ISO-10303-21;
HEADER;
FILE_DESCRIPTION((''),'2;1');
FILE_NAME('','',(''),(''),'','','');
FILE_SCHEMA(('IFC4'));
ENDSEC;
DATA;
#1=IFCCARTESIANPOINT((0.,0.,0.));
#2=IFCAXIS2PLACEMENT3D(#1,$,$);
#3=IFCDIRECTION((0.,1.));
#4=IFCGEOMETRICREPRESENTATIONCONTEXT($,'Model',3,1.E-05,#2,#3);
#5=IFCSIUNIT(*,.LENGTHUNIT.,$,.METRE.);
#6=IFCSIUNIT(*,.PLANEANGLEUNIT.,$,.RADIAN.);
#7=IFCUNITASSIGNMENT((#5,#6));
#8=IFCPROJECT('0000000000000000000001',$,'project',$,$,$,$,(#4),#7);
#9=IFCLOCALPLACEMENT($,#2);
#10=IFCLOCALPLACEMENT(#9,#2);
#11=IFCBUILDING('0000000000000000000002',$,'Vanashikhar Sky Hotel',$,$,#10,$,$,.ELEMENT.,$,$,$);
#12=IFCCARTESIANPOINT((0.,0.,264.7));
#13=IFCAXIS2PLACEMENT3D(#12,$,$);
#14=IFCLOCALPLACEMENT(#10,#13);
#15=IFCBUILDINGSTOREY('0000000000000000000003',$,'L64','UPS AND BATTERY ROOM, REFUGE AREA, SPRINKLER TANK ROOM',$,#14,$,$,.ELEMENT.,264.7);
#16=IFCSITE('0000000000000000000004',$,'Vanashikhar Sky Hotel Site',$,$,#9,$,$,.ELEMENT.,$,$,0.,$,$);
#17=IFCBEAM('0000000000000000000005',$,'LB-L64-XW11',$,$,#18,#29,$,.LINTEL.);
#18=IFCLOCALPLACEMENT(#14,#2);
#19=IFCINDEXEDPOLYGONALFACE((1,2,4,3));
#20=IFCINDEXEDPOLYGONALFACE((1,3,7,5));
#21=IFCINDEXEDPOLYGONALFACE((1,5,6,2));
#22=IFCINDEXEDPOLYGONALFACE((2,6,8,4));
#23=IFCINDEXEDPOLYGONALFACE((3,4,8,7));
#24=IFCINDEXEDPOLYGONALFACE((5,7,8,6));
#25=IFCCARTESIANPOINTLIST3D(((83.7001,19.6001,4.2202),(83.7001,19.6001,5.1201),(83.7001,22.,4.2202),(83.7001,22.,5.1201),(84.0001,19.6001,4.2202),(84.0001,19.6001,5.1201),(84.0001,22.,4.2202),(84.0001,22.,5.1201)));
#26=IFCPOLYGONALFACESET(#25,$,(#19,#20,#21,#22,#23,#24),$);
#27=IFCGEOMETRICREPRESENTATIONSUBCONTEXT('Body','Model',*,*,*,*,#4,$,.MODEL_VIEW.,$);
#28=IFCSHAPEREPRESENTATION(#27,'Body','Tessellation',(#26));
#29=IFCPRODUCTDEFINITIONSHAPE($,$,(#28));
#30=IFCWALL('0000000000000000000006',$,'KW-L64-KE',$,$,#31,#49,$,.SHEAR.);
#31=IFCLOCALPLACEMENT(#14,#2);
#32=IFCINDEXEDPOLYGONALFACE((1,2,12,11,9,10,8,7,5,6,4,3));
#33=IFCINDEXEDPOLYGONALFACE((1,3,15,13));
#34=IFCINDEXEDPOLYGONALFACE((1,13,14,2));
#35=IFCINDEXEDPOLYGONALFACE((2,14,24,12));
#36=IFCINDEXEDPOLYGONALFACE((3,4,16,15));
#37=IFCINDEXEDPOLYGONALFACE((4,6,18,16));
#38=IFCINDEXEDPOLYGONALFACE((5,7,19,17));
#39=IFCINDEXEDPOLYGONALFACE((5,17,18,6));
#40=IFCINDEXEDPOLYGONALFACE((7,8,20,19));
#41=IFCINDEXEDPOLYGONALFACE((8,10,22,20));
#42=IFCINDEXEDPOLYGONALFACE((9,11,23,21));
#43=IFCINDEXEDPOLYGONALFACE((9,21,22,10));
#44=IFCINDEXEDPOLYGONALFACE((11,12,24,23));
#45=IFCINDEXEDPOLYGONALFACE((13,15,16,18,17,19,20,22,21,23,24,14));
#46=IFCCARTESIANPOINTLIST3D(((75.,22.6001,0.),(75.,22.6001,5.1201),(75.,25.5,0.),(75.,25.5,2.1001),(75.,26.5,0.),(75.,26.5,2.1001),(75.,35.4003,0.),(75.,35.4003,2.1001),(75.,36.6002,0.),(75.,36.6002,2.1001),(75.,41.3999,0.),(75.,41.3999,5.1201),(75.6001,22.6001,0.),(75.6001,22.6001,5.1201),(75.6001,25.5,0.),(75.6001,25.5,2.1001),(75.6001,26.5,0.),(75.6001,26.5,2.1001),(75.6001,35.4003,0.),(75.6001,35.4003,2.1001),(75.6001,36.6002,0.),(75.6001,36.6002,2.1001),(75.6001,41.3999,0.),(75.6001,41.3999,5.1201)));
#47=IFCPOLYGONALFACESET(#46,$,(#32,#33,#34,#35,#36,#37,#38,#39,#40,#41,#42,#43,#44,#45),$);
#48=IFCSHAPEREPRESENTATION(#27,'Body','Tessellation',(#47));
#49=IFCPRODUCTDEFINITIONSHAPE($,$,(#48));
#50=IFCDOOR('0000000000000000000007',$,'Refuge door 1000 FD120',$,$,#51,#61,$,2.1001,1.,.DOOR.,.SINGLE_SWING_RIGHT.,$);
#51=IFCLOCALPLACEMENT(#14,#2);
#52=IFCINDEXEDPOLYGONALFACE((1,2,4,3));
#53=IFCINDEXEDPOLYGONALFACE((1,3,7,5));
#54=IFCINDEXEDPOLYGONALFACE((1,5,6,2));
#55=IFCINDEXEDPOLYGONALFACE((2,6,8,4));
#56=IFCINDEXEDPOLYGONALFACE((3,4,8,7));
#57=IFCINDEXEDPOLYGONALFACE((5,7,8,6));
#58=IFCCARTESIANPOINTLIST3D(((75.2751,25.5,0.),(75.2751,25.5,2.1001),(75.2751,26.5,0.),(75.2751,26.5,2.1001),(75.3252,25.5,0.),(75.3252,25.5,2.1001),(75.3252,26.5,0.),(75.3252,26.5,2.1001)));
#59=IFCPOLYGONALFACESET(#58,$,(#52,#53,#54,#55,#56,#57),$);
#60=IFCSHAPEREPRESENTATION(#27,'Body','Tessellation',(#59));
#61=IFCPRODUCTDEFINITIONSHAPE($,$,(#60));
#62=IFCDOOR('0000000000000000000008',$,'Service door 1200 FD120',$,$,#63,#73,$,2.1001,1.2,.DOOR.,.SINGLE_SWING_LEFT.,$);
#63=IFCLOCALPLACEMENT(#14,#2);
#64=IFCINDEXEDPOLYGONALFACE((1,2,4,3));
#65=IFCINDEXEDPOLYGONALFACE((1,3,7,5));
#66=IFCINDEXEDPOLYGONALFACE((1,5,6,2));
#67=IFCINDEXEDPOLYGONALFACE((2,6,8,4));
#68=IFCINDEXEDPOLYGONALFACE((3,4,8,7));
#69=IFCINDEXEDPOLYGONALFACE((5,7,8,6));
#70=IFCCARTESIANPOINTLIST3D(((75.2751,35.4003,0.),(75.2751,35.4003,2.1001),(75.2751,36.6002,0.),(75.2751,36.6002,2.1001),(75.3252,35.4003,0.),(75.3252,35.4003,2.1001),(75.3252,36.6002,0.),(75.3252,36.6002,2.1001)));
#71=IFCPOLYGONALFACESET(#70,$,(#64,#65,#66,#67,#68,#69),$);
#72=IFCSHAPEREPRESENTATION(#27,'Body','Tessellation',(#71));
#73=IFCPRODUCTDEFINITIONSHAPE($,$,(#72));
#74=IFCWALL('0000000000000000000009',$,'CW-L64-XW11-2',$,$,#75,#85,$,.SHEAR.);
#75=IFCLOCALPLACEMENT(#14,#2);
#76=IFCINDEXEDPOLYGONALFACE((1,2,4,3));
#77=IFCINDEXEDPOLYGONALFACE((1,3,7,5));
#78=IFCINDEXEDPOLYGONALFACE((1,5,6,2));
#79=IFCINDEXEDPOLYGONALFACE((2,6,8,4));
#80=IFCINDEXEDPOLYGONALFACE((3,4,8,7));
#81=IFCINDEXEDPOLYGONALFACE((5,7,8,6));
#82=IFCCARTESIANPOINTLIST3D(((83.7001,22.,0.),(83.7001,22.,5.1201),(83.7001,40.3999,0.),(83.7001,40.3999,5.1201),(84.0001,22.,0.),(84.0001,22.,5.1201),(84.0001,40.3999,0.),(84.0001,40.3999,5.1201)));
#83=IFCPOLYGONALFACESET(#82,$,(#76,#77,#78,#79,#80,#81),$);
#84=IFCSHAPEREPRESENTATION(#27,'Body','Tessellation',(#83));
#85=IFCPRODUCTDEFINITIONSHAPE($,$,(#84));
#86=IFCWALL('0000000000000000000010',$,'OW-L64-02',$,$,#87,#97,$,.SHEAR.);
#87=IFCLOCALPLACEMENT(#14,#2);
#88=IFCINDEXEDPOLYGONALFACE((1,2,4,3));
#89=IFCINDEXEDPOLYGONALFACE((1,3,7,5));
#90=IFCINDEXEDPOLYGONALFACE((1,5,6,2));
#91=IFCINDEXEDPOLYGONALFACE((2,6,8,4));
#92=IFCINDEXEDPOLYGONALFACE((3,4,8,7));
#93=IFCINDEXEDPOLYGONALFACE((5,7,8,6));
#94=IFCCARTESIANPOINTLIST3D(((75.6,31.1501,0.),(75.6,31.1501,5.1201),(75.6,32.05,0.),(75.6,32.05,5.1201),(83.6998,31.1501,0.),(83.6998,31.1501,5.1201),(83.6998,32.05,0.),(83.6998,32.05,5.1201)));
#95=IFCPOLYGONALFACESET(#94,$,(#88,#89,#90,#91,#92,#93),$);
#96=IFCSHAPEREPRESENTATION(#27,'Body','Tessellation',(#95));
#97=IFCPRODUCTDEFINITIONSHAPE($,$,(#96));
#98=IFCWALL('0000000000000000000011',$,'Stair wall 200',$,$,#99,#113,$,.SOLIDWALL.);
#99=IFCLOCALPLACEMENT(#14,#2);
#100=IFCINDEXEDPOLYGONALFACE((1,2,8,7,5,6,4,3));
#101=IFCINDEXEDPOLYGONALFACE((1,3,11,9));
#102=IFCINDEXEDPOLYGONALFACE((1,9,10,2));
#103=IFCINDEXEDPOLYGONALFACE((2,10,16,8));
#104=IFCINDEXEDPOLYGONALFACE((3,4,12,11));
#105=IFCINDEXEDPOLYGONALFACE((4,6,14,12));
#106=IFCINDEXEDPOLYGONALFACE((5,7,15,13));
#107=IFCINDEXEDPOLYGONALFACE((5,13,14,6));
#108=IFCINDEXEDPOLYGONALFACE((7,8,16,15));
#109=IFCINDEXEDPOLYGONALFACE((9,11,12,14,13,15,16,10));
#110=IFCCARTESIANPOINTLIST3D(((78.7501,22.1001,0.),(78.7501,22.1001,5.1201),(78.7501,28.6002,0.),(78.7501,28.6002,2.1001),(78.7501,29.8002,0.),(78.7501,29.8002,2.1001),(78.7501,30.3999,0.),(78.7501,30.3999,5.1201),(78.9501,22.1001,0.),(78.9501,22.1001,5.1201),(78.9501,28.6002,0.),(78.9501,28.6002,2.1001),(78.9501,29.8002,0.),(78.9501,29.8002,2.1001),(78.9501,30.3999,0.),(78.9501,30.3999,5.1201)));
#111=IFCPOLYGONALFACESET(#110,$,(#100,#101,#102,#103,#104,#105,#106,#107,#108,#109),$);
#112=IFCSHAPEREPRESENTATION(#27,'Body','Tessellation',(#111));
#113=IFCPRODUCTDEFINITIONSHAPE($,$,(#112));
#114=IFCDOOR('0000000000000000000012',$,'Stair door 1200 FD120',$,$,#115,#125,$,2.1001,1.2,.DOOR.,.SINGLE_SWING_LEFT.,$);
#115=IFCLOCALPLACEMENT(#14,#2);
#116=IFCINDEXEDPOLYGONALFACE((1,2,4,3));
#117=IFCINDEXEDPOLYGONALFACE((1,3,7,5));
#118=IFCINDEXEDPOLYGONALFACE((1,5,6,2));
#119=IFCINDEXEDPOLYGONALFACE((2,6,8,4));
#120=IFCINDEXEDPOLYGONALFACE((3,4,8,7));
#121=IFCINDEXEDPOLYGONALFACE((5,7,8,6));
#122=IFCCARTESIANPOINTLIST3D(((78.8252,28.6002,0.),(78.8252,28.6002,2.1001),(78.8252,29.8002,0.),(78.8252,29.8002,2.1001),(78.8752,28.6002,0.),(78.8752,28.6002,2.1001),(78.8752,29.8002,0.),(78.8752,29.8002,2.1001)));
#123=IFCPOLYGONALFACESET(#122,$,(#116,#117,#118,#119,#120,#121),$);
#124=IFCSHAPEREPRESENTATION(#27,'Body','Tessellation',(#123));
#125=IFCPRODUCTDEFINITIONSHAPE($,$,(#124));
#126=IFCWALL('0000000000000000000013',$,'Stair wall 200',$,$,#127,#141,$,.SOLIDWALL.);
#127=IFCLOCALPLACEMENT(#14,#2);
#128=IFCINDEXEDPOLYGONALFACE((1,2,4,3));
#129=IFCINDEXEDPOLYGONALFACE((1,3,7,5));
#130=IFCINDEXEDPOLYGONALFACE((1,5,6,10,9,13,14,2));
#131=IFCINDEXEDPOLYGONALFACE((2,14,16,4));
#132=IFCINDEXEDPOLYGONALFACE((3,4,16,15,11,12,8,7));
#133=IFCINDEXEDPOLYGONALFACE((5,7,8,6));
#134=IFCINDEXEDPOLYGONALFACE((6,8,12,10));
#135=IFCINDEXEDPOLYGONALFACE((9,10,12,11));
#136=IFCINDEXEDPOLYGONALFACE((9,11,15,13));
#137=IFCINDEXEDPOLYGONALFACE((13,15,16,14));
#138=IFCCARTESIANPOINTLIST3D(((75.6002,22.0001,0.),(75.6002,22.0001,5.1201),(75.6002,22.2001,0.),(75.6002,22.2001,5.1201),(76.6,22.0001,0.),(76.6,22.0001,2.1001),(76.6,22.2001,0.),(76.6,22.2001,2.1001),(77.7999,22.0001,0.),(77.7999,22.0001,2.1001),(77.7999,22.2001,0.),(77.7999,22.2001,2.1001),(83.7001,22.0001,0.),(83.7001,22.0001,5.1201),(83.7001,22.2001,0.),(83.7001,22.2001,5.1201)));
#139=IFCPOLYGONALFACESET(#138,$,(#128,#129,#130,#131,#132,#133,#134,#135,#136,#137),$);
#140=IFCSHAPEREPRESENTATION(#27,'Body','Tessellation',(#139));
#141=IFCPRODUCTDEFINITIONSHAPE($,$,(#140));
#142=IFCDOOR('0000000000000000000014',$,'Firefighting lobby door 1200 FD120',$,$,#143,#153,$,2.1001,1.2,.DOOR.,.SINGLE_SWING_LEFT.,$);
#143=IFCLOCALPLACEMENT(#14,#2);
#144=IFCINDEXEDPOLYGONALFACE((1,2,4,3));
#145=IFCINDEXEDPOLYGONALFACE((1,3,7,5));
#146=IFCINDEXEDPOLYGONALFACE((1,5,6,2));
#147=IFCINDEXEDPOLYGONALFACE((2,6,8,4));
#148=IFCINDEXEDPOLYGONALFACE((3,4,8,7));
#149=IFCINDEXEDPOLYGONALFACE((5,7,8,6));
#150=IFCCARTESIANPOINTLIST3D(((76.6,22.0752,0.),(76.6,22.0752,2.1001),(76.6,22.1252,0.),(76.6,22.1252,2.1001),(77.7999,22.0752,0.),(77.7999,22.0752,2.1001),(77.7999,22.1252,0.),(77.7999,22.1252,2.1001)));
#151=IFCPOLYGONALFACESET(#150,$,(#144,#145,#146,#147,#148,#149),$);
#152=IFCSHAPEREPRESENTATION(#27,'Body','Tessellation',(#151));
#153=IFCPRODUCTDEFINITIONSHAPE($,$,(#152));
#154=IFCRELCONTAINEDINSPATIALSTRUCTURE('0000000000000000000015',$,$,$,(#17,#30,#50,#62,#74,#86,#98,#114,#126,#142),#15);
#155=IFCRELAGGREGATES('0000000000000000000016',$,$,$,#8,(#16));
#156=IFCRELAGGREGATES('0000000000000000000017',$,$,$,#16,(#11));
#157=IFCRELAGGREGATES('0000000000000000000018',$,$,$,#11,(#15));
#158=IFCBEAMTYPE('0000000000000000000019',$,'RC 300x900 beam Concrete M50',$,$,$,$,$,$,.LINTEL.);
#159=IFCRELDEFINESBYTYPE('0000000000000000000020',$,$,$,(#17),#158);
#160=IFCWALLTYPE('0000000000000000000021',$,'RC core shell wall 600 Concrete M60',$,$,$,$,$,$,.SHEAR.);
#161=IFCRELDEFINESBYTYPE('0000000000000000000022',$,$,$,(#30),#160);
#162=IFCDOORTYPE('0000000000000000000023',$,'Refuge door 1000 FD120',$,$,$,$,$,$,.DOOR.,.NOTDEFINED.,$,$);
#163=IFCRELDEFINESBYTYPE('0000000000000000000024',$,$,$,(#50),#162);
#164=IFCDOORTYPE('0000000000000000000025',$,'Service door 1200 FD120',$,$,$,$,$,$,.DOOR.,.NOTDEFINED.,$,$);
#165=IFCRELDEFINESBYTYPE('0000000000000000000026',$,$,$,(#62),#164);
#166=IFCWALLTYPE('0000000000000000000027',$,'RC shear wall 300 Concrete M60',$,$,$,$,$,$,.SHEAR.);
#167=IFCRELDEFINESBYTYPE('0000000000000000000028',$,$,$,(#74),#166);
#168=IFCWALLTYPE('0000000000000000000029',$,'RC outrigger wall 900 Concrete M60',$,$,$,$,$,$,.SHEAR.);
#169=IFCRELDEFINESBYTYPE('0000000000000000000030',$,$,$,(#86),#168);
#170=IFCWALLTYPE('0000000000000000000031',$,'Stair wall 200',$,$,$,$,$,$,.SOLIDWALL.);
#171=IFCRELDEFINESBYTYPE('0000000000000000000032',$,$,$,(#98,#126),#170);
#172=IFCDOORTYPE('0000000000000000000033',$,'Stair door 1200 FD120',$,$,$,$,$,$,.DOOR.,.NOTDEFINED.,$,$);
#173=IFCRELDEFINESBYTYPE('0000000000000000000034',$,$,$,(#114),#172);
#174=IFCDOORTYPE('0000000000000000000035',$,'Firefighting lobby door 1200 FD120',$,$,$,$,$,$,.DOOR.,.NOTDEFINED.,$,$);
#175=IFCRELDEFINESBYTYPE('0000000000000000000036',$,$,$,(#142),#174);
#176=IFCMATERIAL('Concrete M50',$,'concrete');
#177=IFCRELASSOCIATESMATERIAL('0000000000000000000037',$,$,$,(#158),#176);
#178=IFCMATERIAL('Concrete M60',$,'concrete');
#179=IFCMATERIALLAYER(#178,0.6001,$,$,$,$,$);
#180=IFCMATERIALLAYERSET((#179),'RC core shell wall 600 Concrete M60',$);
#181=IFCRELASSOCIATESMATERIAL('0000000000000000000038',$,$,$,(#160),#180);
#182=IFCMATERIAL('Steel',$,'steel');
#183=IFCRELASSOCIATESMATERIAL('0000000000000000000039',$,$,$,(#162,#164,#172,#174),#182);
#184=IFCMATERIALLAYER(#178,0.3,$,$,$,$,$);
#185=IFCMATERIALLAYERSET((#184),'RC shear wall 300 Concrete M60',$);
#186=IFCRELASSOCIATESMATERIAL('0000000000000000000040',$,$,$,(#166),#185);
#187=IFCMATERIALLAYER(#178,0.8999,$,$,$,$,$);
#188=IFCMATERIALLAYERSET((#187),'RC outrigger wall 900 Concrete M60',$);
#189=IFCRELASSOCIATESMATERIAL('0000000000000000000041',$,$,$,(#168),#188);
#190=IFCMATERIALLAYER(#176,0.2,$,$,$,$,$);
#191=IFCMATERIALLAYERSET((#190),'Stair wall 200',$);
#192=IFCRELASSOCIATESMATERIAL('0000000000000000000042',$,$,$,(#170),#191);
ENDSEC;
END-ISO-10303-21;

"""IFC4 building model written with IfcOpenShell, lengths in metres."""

from ifc_helpers import new_model, si_unit, direction, frame, frame_2d, origin, origin_2d, place, context, subcontext, project, spatial, rectangle, extrude, source, transform, mapped, material, layer, layer_set, material_profile, profile_set, type_object, element, fill, save


model = new_model("IFC4")

# Units and contexts
model_context = context("Model", 3, precision=1e-05, world=origin(), true_north=direction((0.0, 1.0)))
body_context = subcontext(model_context, "Body", "Model", "MODEL_VIEW")
ifc_project = project(units=[si_unit("LENGTHUNIT", "METRE"), si_unit("PLANEANGLEUNIT", "RADIAN")], contexts=[model_context])

# Site, building, storey
site_placement = place(None, origin())
site = spatial("IfcSite", under=ifc_project, at=site_placement, Name="Vanashikhar Sky Hotel Site", CompositionType="ELEMENT", RefElevation=0.0)
building_placement = place(site_placement, origin())
building = spatial("IfcBuilding", under=site, at=building_placement, Name="Vanashikhar Sky Hotel", CompositionType="ELEMENT")
storey_placement = place(building_placement, frame((0.0, 0.0, 264.7)))
storey = spatial("IfcBuildingStorey", under=building, at=storey_placement, Name="L64", Description="UPS AND BATTERY ROOM, REFUGE AREA, SPRINKLER TANK ROOM", CompositionType="ELEMENT", Elevation=264.7)

# Beam
ifc_material_1 = material(Name="Concrete M50", Category="concrete")
ifc_material_profile = material_profile(ifc_material_1, rectangle(XDim=0.3, YDim=0.8999, at=origin_2d()))
ifc_profile_set = profile_set([ifc_material_profile], Name="RC 300x900 beam Concrete M50")
beam_type = type_object("IfcBeamType", Name="RC 300x900 beam Concrete M50", PredefinedType="LINTEL", material=ifc_profile_set)
shared_shape_1 = source(origin(), body_context, "Body", "SweptSolid", [
    extrude(rectangle(XDim=0.3, YDim=0.8999, at=origin_2d()), origin(), (0.0, 0.0, 1.0), 2.3999),
])
beam_placement = place(storey_placement, frame((83.8501, 19.6001, 4.6702), z_axis=(0.0, 1.0, 0.0), x_axis=(-1.0, 0.0, 0.0)))
element("IfcBeam", 1, at=beam_placement, inside=storey, type_object=beam_type, Name="LB-L64-XW11", PredefinedType="LINTEL", context=body_context, shape_type="MappedRepresentation", body=[
    mapped(shared_shape_1, transform((0.0, 0.0, 0.0), scale=1.0)),
])

# Wall, openings, doors
ifc_material_2 = material(Name="Concrete M60", Category="concrete")
ifc_layer_1 = layer(ifc_material_2, 0.6001)
ifc_layer_set_1 = layer_set([ifc_layer_1], Name="RC core shell wall 600 Concrete M60")
wall_type_1 = type_object("IfcWallType", Name="RC core shell wall 600 Concrete M60", PredefinedType="SHEAR", material=ifc_layer_set_1)
shared_shape_2 = source(origin(), body_context, "Body", "SweptSolid", [
    extrude(rectangle(XDim=18.7998, YDim=0.6001, at=frame_2d((9.3999, 0.0))), origin(), (0.0, 0.0, 1.0), 5.1201),
])
wall_1_placement = place(storey_placement, frame((75.3, 22.6001, 0.0), z_axis=(0.0, 0.0, 1.0), x_axis=(0.0, 1.0, 0.0)))
wall_1 = element("IfcWall", 2, at=wall_1_placement, inside=storey, type_object=wall_type_1, Name="KW-L64-KE", PredefinedType="SHEAR", context=body_context, shape_type="MappedRepresentation", body=[
    mapped(shared_shape_2, transform((0.0, 0.0, 0.0), scale=1.0)),
])
shared_shape_3 = source(origin(), body_context, "Body", "SweptSolid", [
    extrude(rectangle(XDim=1.0, YDim=2.1001, at=frame_2d((0.5, 1.05))), frame((0.0, 0.3101, 0.0), z_axis=(0.0, -1.0, 0.0), x_axis=(1.0, 0.0, 0.0)), (0.0, 0.0, 1.0), 0.6201),
])
opening_1_placement = place(wall_1_placement, frame((2.8999, 0.0, 0.0)))
opening_1 = element("IfcOpeningElement", 3, at=opening_1_placement, cuts=wall_1, PredefinedType="OPENING", context=body_context, shape_type="MappedRepresentation", body=[
    mapped(shared_shape_3, transform((0.0, 0.0, 0.0), scale=1.0)),
])
shared_shape_4 = source(origin(), body_context, "Body", "SweptSolid", [
    extrude(rectangle(XDim=1.2, YDim=2.1001, at=frame_2d((0.6001, 1.05))), frame((0.0, 0.3101, 0.0), z_axis=(0.0, -1.0, 0.0), x_axis=(1.0, 0.0, 0.0)), (0.0, 0.0, 1.0), 0.6201),
])
opening_2_placement = place(wall_1_placement, frame((12.8, 0.0, 0.0)))
opening_2 = element("IfcOpeningElement", 4, at=opening_2_placement, cuts=wall_1, PredefinedType="OPENING", context=body_context, shape_type="MappedRepresentation", body=[
    mapped(shared_shape_4, transform((0.0, 0.0, 0.0), scale=1.0)),
])
ifc_material_3 = material(Name="Steel", Category="steel")
door_type_1 = type_object("IfcDoorType", Name="Refuge door 1000 FD120", OperationType="NOTDEFINED", PredefinedType="DOOR", material=ifc_material_3)
shared_shape_5 = source(origin(), body_context, "Body", "SweptSolid", [
    extrude(rectangle(XDim=1.0, YDim=2.1001, at=frame_2d((0.5, 1.05))), frame((0.0, 0.0249, 0.0), z_axis=(0.0, -1.0, 0.0), x_axis=(1.0, 0.0, 0.0)), (0.0, 0.0, 1.0), 0.05),
])
door_1_placement = place(opening_1_placement, origin())
door_1 = element("IfcDoor", 5, at=door_1_placement, inside=storey, type_object=door_type_1, Name="Refuge door 1000 FD120", OperationType="SINGLE_SWING_RIGHT", OverallHeight=2.1001, OverallWidth=1.0, PredefinedType="DOOR", context=body_context, shape_type="MappedRepresentation", body=[
    mapped(shared_shape_5, transform((0.0, 0.0, 0.0), scale=1.0)),
])
fill(opening_1, door_1)
door_type_2 = type_object("IfcDoorType", Name="Service door 1200 FD120", OperationType="NOTDEFINED", PredefinedType="DOOR", material=ifc_material_3)
shared_shape_6 = source(origin(), body_context, "Body", "SweptSolid", [
    extrude(rectangle(XDim=1.2, YDim=2.1001, at=frame_2d((0.6001, 1.05))), frame((0.0, 0.0249, 0.0), z_axis=(0.0, -1.0, 0.0), x_axis=(1.0, 0.0, 0.0)), (0.0, 0.0, 1.0), 0.05),
])
door_2_placement = place(opening_2_placement, origin())
door_2 = element("IfcDoor", 6, at=door_2_placement, inside=storey, type_object=door_type_2, Name="Service door 1200 FD120", OperationType="SINGLE_SWING_LEFT", OverallHeight=2.1001, OverallWidth=1.2, PredefinedType="DOOR", context=body_context, shape_type="MappedRepresentation", body=[
    mapped(shared_shape_6, transform((0.0, 0.0, 0.0), scale=1.0)),
])
fill(opening_2, door_2)

# Walls
ifc_layer_2 = layer(ifc_material_2, 0.3)
ifc_layer_set_2 = layer_set([ifc_layer_2], Name="RC shear wall 300 Concrete M60")
wall_type_2 = type_object("IfcWallType", Name="RC shear wall 300 Concrete M60", PredefinedType="SHEAR", material=ifc_layer_set_2)
shared_shape_7 = source(origin(), body_context, "Body", "SweptSolid", [
    extrude(rectangle(XDim=18.3999, YDim=0.3, at=frame_2d((9.2, 0.0))), origin(), (0.0, 0.0, 1.0), 5.1201),
])
wall_2_placement = place(storey_placement, frame((83.8501, 22.0, 0.0), z_axis=(0.0, 0.0, 1.0), x_axis=(0.0, 1.0, 0.0)))
element("IfcWall", 7, at=wall_2_placement, inside=storey, type_object=wall_type_2, Name="CW-L64-XW11-2", PredefinedType="SHEAR", context=body_context, shape_type="MappedRepresentation", body=[
    mapped(shared_shape_7, transform((0.0, 0.0, 0.0), scale=1.0)),
])
ifc_layer_3 = layer(ifc_material_2, 0.8999)
ifc_layer_set_3 = layer_set([ifc_layer_3], Name="RC outrigger wall 900 Concrete M60")
wall_type_3 = type_object("IfcWallType", Name="RC outrigger wall 900 Concrete M60", PredefinedType="SHEAR", material=ifc_layer_set_3)
shared_shape_8 = source(origin(), body_context, "Body", "SweptSolid", [
    extrude(rectangle(XDim=8.0999, YDim=0.8999, at=frame_2d((4.0498, 0.0))), origin(), (0.0, 0.0, 1.0), 5.1201),
])
wall_3_placement = place(storey_placement, frame((75.6001, 31.6001, 0.0), z_axis=(0.0, 0.0, 1.0), x_axis=(1.0, 0.0, 0.0)))
element("IfcWall", 8, at=wall_3_placement, inside=storey, type_object=wall_type_3, Name="OW-L64-02", PredefinedType="SHEAR", context=body_context, shape_type="MappedRepresentation", body=[
    mapped(shared_shape_8, transform((0.0, 0.0, 0.0), scale=1.0)),
])

# Walls, openings, doors
ifc_layer_4 = layer(ifc_material_1, 0.2)
ifc_layer_set_4 = layer_set([ifc_layer_4], Name="Stair wall 200")
wall_type_4 = type_object("IfcWallType", Name="Stair wall 200", PredefinedType="SOLIDWALL", material=ifc_layer_set_4)
shared_shape_9 = source(origin(), body_context, "Body", "SweptSolid", [
    extrude(rectangle(XDim=8.2998, YDim=0.2, at=frame_2d((4.1499, 0.0))), origin(), (0.0, 0.0, 1.0), 5.1201),
])
wall_4_placement = place(storey_placement, frame((78.8501, 22.1001, 0.0), z_axis=(0.0, 0.0, 1.0), x_axis=(0.0, 1.0, 0.0)))
wall_4 = element("IfcWall", 9, at=wall_4_placement, inside=storey, type_object=wall_type_4, Name="Stair wall 200", PredefinedType="SOLIDWALL", context=body_context, shape_type="MappedRepresentation", body=[
    mapped(shared_shape_9, transform((0.0, 0.0, 0.0), scale=1.0)),
])
shared_shape_10 = source(origin(), body_context, "Body", "SweptSolid", [
    extrude(rectangle(XDim=1.2, YDim=2.1001, at=frame_2d((0.6001, 1.05))), frame((0.0, 0.1099, 0.0), z_axis=(0.0, -1.0, 0.0), x_axis=(1.0, 0.0, 0.0)), (0.0, 0.0, 1.0), 0.22),
])
opening_3_placement = place(wall_4_placement, frame((6.5, 0.0, 0.0)))
opening_3 = element("IfcOpeningElement", 10, at=opening_3_placement, cuts=wall_4, PredefinedType="OPENING", context=body_context, shape_type="MappedRepresentation", body=[
    mapped(shared_shape_10, transform((0.0, 0.0, 0.0), scale=1.0)),
])
door_type_3 = type_object("IfcDoorType", Name="Stair door 1200 FD120", OperationType="NOTDEFINED", PredefinedType="DOOR", material=ifc_material_3)
door_3_placement = place(opening_3_placement, origin())
door_3 = element("IfcDoor", 11, at=door_3_placement, inside=storey, type_object=door_type_3, Name="Stair door 1200 FD120", OperationType="SINGLE_SWING_LEFT", OverallHeight=2.1001, OverallWidth=1.2, PredefinedType="DOOR", context=body_context, shape_type="MappedRepresentation", body=[
    mapped(shared_shape_6, transform((0.0, 0.0, 0.0), scale=1.0)),
])
fill(opening_3, door_3)
shared_shape_11 = source(origin(), body_context, "Body", "SweptSolid", [
    extrude(rectangle(XDim=8.0999, YDim=0.2, at=frame_2d((4.0498, 0.0))), origin(), (0.0, 0.0, 1.0), 5.1201),
])
wall_5_placement = place(storey_placement, frame((83.7, 22.1001, 0.0), z_axis=(0.0, 0.0, 1.0), x_axis=(-1.0, 0.0, 0.0)))
wall_5 = element("IfcWall", 12, at=wall_5_placement, inside=storey, type_object=wall_type_4, Name="Stair wall 200", PredefinedType="SOLIDWALL", context=body_context, shape_type="MappedRepresentation", body=[
    mapped(shared_shape_11, transform((0.0, 0.0, 0.0), scale=1.0)),
])
opening_4_placement = place(wall_5_placement, frame((5.8999, 0.0, 0.0)))
opening_4 = element("IfcOpeningElement", 13, at=opening_4_placement, cuts=wall_5, PredefinedType="OPENING", context=body_context, shape_type="MappedRepresentation", body=[
    mapped(shared_shape_10, transform((0.0, 0.0, 0.0), scale=1.0)),
])
door_type_4 = type_object("IfcDoorType", Name="Firefighting lobby door 1200 FD120", OperationType="NOTDEFINED", PredefinedType="DOOR", material=ifc_material_3)
door_4_placement = place(opening_4_placement, origin())
door_4 = element("IfcDoor", 14, at=door_4_placement, inside=storey, type_object=door_type_4, Name="Firefighting lobby door 1200 FD120", OperationType="SINGLE_SWING_LEFT", OverallHeight=2.1001, OverallWidth=1.2, PredefinedType="DOOR", context=body_context, shape_type="MappedRepresentation", body=[
    mapped(shared_shape_6, transform((0.0, 0.0, 0.0), scale=1.0)),
])
fill(opening_4, door_4)

save(model, "model.ifc")
